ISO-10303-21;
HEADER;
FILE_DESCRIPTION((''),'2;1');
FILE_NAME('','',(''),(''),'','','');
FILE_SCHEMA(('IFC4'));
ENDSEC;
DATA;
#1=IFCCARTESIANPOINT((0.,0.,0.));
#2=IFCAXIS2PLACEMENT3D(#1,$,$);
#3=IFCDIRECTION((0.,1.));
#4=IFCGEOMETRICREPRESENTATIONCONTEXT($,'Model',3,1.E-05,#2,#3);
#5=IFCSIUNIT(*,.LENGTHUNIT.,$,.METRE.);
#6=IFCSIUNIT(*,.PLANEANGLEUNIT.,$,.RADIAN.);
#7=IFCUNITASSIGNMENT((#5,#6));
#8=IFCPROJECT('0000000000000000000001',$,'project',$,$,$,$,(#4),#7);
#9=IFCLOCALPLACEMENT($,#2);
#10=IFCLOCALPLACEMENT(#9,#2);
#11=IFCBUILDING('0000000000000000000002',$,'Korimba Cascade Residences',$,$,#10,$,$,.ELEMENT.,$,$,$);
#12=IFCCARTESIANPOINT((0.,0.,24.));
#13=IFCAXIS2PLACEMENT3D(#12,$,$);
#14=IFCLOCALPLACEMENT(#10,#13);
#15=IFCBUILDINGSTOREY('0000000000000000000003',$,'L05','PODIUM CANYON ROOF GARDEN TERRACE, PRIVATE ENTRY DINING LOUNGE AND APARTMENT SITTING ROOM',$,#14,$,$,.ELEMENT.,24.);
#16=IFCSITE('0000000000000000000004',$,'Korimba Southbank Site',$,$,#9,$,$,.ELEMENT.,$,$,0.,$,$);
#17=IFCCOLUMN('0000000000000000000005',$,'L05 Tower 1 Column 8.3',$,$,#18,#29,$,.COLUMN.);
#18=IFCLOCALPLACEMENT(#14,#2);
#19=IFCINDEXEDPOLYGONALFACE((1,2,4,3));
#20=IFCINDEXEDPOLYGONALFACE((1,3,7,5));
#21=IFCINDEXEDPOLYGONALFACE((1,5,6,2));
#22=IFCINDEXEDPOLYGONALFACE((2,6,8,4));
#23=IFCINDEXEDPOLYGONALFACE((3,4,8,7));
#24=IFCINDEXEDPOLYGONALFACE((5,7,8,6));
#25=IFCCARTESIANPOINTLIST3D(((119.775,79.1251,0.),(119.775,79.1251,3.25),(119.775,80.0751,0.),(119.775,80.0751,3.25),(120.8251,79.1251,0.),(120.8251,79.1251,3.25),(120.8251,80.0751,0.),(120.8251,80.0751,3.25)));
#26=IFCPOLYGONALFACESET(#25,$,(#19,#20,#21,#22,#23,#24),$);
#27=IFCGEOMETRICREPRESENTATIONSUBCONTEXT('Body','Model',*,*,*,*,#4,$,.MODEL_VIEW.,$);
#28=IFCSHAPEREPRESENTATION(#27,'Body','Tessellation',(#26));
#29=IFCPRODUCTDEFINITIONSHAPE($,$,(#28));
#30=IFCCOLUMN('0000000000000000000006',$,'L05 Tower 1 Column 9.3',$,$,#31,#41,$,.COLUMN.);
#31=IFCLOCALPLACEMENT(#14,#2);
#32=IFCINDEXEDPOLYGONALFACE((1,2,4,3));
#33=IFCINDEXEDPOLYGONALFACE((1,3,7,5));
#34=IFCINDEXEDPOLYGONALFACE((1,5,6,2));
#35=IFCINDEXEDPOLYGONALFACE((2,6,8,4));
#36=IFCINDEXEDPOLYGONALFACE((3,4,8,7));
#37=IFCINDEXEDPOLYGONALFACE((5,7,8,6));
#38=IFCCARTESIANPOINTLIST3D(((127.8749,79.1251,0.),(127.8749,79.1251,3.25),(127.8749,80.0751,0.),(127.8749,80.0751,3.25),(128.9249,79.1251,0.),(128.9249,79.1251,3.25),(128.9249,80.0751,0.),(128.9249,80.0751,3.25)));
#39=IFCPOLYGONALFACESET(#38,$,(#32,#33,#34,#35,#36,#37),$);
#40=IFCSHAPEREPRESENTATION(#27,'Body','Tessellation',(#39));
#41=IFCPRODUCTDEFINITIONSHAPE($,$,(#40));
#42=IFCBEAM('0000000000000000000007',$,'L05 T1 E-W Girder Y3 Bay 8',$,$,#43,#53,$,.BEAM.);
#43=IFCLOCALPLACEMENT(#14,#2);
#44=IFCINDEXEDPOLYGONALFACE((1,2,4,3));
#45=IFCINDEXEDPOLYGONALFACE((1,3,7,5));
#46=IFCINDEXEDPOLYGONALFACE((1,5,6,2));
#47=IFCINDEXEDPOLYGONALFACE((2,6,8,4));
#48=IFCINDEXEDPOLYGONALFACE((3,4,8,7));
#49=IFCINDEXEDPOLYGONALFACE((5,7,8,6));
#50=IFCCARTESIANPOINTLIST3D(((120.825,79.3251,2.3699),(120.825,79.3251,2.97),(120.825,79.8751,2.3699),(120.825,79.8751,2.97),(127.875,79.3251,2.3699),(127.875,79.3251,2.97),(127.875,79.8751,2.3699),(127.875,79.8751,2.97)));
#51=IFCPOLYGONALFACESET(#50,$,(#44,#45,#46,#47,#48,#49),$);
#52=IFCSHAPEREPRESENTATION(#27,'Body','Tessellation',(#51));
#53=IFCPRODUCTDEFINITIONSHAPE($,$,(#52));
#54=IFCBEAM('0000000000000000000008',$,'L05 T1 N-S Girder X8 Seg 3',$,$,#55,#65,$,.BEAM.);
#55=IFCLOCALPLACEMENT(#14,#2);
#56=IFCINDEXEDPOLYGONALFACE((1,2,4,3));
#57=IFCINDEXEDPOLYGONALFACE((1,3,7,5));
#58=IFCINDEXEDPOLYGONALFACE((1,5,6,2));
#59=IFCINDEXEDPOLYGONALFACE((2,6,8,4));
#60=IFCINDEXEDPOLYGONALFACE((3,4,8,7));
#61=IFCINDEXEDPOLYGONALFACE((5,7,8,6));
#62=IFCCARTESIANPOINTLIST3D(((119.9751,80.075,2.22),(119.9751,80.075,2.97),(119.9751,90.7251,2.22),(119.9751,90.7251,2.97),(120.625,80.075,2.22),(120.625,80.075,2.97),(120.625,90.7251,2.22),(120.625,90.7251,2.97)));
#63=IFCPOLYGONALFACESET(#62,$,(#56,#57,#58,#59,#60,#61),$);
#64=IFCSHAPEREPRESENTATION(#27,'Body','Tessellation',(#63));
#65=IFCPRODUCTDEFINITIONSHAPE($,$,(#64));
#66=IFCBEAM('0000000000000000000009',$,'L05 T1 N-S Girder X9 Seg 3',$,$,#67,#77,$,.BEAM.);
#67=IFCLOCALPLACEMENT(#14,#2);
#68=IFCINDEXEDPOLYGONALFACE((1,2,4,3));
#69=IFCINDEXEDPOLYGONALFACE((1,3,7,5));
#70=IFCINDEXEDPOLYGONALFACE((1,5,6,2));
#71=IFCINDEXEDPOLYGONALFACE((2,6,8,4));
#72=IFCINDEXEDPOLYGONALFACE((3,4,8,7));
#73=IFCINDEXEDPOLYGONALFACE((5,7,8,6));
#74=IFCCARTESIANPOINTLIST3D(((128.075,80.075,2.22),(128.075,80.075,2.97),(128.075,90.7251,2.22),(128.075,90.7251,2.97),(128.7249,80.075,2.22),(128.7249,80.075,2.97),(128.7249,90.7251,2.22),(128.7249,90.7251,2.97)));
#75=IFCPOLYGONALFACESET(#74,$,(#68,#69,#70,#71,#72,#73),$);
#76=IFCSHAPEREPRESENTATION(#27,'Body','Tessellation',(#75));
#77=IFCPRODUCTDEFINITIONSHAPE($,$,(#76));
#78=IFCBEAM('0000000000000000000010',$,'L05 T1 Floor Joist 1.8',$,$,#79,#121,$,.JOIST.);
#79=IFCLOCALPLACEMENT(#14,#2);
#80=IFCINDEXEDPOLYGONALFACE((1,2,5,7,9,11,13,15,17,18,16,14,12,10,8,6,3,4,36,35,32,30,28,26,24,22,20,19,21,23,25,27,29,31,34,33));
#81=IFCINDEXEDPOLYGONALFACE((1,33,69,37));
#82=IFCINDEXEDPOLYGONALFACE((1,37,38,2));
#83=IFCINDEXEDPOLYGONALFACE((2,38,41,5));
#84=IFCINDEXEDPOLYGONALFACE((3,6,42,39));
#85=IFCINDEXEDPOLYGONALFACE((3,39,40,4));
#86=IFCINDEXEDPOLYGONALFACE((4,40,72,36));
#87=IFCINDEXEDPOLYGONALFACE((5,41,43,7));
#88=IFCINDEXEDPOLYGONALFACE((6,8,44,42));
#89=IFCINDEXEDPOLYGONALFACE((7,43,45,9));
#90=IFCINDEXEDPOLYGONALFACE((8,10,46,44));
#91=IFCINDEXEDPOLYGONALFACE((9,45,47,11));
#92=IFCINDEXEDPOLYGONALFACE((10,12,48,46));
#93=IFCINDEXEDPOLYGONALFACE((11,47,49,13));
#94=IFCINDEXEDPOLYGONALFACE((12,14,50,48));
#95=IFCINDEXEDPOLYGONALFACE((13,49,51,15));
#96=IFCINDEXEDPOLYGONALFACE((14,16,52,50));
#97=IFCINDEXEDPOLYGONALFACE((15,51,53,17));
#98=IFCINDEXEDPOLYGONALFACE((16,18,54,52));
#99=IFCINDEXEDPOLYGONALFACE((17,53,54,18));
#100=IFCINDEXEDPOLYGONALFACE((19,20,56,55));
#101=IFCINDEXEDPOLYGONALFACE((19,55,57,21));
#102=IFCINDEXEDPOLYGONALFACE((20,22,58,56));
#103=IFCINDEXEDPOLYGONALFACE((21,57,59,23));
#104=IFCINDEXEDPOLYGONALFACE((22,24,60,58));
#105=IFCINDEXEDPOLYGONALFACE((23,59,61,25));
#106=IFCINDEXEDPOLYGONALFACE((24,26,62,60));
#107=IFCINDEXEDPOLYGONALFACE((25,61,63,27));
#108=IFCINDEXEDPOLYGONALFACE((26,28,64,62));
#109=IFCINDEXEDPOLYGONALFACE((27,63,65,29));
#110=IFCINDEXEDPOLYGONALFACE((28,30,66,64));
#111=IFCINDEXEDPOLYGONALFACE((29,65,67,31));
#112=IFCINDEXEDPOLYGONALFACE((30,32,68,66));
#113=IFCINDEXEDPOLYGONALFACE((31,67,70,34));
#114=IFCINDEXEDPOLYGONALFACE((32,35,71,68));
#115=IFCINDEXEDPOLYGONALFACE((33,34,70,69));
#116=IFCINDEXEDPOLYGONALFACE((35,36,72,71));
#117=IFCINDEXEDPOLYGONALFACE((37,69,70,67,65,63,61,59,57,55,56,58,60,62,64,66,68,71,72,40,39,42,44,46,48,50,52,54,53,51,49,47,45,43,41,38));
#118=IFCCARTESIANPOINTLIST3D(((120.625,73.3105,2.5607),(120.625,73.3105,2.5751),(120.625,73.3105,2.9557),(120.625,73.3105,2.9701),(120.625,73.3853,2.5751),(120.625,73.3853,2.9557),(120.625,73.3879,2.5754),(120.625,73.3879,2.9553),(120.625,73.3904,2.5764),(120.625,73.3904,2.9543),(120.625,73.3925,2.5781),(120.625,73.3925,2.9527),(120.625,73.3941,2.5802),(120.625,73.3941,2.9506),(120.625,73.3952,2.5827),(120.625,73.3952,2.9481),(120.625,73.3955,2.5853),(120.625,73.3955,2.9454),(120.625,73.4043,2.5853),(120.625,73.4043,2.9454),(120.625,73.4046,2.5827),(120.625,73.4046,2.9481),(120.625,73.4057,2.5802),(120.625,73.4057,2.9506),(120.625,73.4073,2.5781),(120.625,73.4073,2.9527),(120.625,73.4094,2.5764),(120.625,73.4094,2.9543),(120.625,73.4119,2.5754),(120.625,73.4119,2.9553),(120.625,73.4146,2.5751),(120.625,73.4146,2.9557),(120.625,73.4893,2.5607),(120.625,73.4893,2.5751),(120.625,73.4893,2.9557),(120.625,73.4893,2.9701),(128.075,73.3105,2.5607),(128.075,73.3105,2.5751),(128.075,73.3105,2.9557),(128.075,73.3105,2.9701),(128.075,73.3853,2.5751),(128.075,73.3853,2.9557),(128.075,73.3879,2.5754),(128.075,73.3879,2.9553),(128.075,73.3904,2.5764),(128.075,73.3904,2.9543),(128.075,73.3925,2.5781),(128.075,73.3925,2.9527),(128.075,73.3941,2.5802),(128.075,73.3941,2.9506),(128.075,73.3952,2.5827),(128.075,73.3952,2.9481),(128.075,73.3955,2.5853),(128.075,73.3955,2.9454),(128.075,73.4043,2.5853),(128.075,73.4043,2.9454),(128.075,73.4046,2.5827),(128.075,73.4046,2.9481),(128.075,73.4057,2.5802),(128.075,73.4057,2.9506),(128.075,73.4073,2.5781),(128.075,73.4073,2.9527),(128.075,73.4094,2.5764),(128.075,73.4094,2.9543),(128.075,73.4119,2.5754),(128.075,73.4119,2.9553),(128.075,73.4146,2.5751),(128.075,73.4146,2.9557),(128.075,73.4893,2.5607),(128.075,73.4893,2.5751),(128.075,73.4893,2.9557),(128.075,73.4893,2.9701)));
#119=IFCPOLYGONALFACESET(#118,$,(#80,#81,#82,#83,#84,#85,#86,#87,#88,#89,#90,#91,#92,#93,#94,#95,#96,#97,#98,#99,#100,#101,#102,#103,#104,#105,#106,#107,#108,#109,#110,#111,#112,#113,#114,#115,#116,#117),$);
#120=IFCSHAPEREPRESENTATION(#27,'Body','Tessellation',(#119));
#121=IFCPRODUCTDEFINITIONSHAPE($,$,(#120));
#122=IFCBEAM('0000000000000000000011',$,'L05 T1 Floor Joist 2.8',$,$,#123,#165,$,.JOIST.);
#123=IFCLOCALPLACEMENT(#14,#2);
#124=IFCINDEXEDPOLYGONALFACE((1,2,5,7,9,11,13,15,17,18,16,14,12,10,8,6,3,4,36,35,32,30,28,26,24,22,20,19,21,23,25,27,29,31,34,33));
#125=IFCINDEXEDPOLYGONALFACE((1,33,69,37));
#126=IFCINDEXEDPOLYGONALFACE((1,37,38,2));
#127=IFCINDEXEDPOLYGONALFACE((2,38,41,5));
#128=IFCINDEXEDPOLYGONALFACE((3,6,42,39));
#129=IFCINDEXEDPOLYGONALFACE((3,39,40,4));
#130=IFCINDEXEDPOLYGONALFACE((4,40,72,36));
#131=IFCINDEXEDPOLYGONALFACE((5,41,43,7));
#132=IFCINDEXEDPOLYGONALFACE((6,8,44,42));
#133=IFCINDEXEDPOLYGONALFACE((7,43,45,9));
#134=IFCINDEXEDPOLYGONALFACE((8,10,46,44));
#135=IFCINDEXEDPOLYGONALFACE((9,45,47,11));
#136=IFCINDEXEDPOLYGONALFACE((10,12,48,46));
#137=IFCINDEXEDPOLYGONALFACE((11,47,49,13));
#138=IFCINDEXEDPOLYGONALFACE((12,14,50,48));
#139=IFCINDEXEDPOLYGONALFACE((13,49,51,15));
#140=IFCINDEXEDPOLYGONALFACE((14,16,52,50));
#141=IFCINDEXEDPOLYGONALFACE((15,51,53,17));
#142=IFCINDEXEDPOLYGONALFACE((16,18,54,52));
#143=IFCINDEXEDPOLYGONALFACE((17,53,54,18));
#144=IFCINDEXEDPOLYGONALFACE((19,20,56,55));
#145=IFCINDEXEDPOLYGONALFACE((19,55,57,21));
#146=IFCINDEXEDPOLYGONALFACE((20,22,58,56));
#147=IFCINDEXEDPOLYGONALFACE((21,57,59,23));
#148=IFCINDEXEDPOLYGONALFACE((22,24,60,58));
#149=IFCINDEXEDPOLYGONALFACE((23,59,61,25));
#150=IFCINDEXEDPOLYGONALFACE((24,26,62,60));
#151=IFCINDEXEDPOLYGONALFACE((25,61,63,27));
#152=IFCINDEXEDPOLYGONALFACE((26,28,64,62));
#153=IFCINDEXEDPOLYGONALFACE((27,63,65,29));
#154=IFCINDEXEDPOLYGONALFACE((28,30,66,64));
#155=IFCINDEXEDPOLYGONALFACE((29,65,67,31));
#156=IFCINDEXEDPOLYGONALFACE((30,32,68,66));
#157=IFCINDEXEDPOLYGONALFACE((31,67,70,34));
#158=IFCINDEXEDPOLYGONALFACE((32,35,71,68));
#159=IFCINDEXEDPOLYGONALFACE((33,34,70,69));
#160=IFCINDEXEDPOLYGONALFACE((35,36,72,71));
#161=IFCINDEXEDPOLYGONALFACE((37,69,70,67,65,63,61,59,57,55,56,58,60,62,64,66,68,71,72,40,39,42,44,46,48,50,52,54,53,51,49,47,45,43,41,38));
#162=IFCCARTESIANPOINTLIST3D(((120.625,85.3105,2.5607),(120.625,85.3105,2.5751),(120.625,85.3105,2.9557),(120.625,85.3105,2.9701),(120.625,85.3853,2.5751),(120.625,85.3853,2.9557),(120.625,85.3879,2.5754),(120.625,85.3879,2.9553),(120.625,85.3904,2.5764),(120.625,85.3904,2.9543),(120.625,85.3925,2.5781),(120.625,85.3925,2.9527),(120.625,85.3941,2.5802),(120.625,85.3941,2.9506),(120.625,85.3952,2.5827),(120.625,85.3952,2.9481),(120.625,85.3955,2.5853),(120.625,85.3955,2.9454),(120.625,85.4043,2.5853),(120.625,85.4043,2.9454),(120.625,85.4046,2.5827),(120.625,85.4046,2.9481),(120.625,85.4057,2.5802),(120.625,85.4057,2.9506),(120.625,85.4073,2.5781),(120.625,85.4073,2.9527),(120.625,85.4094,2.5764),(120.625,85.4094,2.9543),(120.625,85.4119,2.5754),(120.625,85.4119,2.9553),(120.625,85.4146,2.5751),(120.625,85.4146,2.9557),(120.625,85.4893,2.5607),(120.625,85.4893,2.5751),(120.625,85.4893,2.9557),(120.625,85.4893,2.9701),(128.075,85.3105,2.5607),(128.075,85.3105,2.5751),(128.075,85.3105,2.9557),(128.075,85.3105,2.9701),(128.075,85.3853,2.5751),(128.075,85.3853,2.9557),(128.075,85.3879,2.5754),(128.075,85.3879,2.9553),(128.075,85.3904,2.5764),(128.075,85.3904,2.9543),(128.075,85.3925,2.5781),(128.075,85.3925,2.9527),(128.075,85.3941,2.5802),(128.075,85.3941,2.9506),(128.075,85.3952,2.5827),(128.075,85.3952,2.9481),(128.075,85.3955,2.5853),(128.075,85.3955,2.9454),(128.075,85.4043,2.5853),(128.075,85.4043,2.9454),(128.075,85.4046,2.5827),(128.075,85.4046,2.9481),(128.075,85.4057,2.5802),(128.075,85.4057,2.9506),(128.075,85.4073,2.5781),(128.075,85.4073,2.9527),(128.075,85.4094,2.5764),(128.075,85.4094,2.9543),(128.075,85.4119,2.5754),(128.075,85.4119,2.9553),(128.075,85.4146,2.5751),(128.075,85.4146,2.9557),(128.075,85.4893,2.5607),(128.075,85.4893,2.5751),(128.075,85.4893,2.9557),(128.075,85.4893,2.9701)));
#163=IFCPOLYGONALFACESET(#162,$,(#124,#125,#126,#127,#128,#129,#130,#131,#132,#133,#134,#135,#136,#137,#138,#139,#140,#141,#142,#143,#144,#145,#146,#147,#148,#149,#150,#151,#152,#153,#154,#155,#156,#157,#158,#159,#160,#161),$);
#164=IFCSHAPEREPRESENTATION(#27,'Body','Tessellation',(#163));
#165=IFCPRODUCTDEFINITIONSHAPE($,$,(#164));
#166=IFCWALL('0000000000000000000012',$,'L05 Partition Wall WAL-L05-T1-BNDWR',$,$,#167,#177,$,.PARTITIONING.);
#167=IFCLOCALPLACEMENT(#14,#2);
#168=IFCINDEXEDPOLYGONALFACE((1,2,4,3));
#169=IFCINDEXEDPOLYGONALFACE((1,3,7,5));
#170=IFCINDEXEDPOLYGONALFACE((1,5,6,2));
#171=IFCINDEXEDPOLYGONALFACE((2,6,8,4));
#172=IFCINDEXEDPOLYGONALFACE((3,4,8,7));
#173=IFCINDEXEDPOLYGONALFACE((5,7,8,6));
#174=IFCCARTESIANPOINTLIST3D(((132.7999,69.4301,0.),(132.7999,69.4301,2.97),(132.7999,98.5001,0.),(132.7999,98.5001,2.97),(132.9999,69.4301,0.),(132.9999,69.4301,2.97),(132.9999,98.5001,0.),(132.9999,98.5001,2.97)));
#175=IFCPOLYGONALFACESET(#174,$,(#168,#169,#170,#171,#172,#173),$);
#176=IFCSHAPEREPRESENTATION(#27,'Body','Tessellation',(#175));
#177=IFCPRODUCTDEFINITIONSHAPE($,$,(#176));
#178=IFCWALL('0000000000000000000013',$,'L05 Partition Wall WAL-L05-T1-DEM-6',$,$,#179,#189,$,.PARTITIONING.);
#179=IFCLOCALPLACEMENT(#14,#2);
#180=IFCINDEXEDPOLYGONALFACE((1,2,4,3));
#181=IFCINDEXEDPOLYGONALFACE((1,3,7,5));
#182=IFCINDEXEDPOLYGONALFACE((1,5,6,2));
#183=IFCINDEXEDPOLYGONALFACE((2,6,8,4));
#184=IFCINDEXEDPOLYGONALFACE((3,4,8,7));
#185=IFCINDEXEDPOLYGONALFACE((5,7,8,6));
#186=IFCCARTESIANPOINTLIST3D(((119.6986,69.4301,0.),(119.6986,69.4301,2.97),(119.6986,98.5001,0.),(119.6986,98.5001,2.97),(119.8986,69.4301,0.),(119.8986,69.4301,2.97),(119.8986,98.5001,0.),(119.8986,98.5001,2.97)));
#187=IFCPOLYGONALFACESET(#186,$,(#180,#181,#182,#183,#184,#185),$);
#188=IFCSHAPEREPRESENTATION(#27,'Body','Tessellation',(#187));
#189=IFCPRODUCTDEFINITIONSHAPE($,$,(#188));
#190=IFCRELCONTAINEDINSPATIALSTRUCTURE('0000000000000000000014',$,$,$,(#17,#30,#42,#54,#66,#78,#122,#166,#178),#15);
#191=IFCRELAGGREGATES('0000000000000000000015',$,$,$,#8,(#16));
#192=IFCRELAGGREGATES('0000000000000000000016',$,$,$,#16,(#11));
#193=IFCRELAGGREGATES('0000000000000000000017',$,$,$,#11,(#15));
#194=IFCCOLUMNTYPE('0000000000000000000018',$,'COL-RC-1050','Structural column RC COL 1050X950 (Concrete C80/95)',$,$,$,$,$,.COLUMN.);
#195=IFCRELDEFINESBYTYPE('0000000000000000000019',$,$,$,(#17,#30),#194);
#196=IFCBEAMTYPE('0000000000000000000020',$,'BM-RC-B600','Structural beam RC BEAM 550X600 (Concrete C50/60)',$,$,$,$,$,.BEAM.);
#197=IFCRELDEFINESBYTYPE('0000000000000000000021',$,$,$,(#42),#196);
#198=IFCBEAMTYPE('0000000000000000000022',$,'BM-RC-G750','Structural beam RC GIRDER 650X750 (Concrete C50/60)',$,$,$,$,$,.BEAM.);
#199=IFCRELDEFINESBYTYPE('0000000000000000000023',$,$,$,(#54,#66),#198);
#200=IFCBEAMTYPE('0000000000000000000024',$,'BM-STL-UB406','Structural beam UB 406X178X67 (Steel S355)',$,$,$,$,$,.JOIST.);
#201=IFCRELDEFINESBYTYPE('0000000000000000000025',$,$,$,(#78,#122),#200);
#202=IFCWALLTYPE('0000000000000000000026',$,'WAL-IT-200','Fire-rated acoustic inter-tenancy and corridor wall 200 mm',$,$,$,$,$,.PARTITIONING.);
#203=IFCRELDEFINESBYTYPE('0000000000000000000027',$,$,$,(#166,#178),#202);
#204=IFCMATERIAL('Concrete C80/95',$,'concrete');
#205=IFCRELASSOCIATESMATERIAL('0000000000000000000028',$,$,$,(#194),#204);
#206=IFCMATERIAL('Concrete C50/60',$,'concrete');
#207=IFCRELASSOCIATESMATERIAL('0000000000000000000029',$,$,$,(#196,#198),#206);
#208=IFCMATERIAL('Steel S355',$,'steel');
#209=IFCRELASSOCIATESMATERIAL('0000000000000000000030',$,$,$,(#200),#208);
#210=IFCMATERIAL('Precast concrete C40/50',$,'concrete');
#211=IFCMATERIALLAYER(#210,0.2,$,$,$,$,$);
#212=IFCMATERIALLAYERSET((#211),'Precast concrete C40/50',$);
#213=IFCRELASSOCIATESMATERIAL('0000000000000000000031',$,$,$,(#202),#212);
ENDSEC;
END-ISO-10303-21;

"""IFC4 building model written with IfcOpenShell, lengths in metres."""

from ifc_helpers import new_model, si_unit, direction, frame, frame_2d, origin, origin_2d, place, context, subcontext, project, spatial, rectangle, i_section, extrude, material, layer, layer_set, material_profile, profile_set, type_object, element, save


model = new_model("IFC4")

# Units and contexts
model_context = context("Model", 3, precision=1e-05, world=origin(), true_north=direction((0.0, 1.0)))
body_context = subcontext(model_context, "Body", "Model", "MODEL_VIEW")
ifc_project = project(units=[si_unit("LENGTHUNIT", "METRE"), si_unit("PLANEANGLEUNIT", "RADIAN")], contexts=[model_context])

# Site, building, storey
site_placement = place(None, origin())
site = spatial("IfcSite", under=ifc_project, at=site_placement, Name="Korimba Southbank Site", CompositionType="ELEMENT", RefElevation=0.0)
building_placement = place(site_placement, origin())
building = spatial("IfcBuilding", under=site, at=building_placement, Name="Korimba Cascade Residences", CompositionType="ELEMENT")
storey_placement = place(building_placement, frame((0.0, 0.0, 24.0)))
storey = spatial("IfcBuildingStorey", under=building, at=storey_placement, Name="L05", Description="PODIUM CANYON ROOF GARDEN TERRACE, PRIVATE ENTRY DINING LOUNGE AND APARTMENT SITTING ROOM", CompositionType="ELEMENT", Elevation=24.0)

# Columns
ifc_material_1 = material(Name="Concrete C80/95", Category="concrete")
ifc_material_profile_1 = material_profile(ifc_material_1, rectangle(XDim=1.05, YDim=0.95, at=origin_2d()), Name="Concrete C80/95")
ifc_profile_set_1 = profile_set([ifc_material_profile_1], Name="Concrete C80/95")
column_type = type_object("IfcColumnType", Name="COL-RC-1050", Description="Structural column RC COL 1050X950 (Concrete C80/95)", PredefinedType="COLUMN", material=ifc_profile_set_1)
for number, where, z_axis, x_axis, name in (
    (1, (120.3, 79.6001, 0.0), (0.0, 0.0, 1.0), (1.0, 0.0, 0.0), "L05 Tower 1 Column 8.3"),
    (2, (128.3999, 79.6001, 0.0), (0.0, 0.0, 1.0), (1.0, 0.0, 0.0), "L05 Tower 1 Column 9.3"),
):
    element("IfcColumn", number, at=place(storey_placement, frame(where, z_axis=z_axis, x_axis=x_axis)), inside=storey, type_object=column_type, Name=name, PredefinedType="COLUMN", context=body_context, shape_type="SweptSolid", body=[
        extrude(rectangle(XDim=1.05, YDim=0.95, at=origin_2d()), origin(), (0.0, 0.0, 1.0), 3.25),
    ])

# Beams
ifc_material_2 = material(Name="Concrete C50/60", Category="concrete")
ifc_material_profile_2 = material_profile(ifc_material_2, rectangle(XDim=0.55, YDim=0.6001, at=origin_2d()), Name="Concrete C50/60")
ifc_profile_set_2 = profile_set([ifc_material_profile_2], Name="Concrete C50/60")
beam_type_1 = type_object("IfcBeamType", Name="BM-RC-B600", Description="Structural beam RC BEAM 550X600 (Concrete C50/60)", PredefinedType="BEAM", material=ifc_profile_set_2)
beam_placement = place(storey_placement, frame((120.825, 79.6001, 2.6699), z_axis=(1.0, 0.0, 0.0), x_axis=(0.0, 1.0, 0.0)))
element("IfcBeam", 3, at=beam_placement, inside=storey, type_object=beam_type_1, Name="L05 T1 E-W Girder Y3 Bay 8", PredefinedType="BEAM", context=body_context, shape_type="SweptSolid", body=[
    extrude(rectangle(XDim=0.55, YDim=0.6001, at=origin_2d()), origin(), (0.0, 0.0, 1.0), 7.05),
])
ifc_material_profile_3 = material_profile(ifc_material_2, rectangle(XDim=0.6499, YDim=0.75, at=origin_2d()), Name="Concrete C50/60")
ifc_profile_set_3 = profile_set([ifc_material_profile_3], Name="Concrete C50/60")
beam_type_2 = type_object("IfcBeamType", Name="BM-RC-G750", Description="Structural beam RC GIRDER 650X750 (Concrete C50/60)", PredefinedType="BEAM", material=ifc_profile_set_3)
for number, where, z_axis, x_axis, name in (
    (4, (120.3, 80.075, 2.595), (0.0, 1.0, 0.0), (-1.0, 0.0, 0.0), "L05 T1 N-S Girder X8 Seg 3"),
    (5, (128.3999, 80.075, 2.595), (0.0, 1.0, 0.0), (-1.0, 0.0, 0.0), "L05 T1 N-S Girder X9 Seg 3"),
):
    element("IfcBeam", number, at=place(storey_placement, frame(where, z_axis=z_axis, x_axis=x_axis)), inside=storey, type_object=beam_type_2, Name=name, PredefinedType="BEAM", context=body_context, shape_type="SweptSolid", body=[
        extrude(rectangle(XDim=0.6499, YDim=0.75, at=origin_2d()), origin(), (0.0, 0.0, 1.0), 10.6501),
    ])
ifc_material_3 = material(Name="Steel S355", Category="steel")
ifc_material_profile_4 = material_profile(ifc_material_3, i_section(OverallWidth=0.1787, OverallDepth=0.4094, WebThickness=0.0088, FlangeThickness=0.0144, FilletRadius=0.0103, at=origin_2d()), Name="Steel S355")
ifc_profile_set_4 = profile_set([ifc_material_profile_4], Name="Steel S355")
beam_type_3 = type_object("IfcBeamType", Name="BM-STL-UB406", Description="Structural beam UB 406X178X67 (Steel S355)", PredefinedType="JOIST", material=ifc_profile_set_4)
for number, where, z_axis, x_axis, name in (
    (6, (120.625, 73.3999, 2.7654), (1.0, 0.0, 0.0), (0.0, 1.0, 0.0), "L05 T1 Floor Joist 1.8"),
    (7, (120.625, 85.3999, 2.7654), (1.0, 0.0, 0.0), (0.0, 1.0, 0.0), "L05 T1 Floor Joist 2.8"),
):
    element("IfcBeam", number, at=place(storey_placement, frame(where, z_axis=z_axis, x_axis=x_axis)), inside=storey, type_object=beam_type_3, Name=name, PredefinedType="JOIST", context=body_context, shape_type="SweptSolid", body=[
        extrude(i_section(OverallWidth=0.1787, OverallDepth=0.4094, WebThickness=0.0088, FlangeThickness=0.0144, FilletRadius=0.0103, at=origin_2d()), origin(), (0.0, 0.0, 1.0), 7.45),
    ])

# Walls
ifc_material_4 = material(Name="Precast concrete C40/50", Category="concrete")
ifc_layer_1 = layer(ifc_material_4, 0.2)
ifc_layer_set_1 = layer_set([ifc_layer_1], Name="Precast concrete C40/50")
wall_type_1 = type_object("IfcWallType", Name="WAL-IT-200", Description="Fire-rated acoustic inter-tenancy and corridor wall 200 mm", PredefinedType="PARTITIONING", material=ifc_layer_set_1)
for number, where, z_axis, x_axis, name in (
    (8, (132.8999, 69.4299, 0.0), (0.0, 0.0, 1.0), (0.0, 1.0, 0.0), "L05 Partition Wall WAL-L05-T1-BNDWR"),
    (9, (119.7986, 69.4299, 0.0), (0.0, 0.0, 1.0), (0.0, 1.0, 0.0), "L05 Partition Wall WAL-L05-T1-DEM-6"),
):
    element("IfcWall", number, at=place(storey_placement, frame(where, z_axis=z_axis, x_axis=x_axis)), inside=storey, type_object=wall_type_1, Name=name, PredefinedType="PARTITIONING", context=body_context, shape_type="SweptSolid", body=[
        extrude(rectangle(XDim=29.0701, YDim=0.2, at=frame_2d((14.5352, 0.0))), origin(), (0.0, 0.0, 1.0), 2.97),
    ])

save(model, "model.ifc")
